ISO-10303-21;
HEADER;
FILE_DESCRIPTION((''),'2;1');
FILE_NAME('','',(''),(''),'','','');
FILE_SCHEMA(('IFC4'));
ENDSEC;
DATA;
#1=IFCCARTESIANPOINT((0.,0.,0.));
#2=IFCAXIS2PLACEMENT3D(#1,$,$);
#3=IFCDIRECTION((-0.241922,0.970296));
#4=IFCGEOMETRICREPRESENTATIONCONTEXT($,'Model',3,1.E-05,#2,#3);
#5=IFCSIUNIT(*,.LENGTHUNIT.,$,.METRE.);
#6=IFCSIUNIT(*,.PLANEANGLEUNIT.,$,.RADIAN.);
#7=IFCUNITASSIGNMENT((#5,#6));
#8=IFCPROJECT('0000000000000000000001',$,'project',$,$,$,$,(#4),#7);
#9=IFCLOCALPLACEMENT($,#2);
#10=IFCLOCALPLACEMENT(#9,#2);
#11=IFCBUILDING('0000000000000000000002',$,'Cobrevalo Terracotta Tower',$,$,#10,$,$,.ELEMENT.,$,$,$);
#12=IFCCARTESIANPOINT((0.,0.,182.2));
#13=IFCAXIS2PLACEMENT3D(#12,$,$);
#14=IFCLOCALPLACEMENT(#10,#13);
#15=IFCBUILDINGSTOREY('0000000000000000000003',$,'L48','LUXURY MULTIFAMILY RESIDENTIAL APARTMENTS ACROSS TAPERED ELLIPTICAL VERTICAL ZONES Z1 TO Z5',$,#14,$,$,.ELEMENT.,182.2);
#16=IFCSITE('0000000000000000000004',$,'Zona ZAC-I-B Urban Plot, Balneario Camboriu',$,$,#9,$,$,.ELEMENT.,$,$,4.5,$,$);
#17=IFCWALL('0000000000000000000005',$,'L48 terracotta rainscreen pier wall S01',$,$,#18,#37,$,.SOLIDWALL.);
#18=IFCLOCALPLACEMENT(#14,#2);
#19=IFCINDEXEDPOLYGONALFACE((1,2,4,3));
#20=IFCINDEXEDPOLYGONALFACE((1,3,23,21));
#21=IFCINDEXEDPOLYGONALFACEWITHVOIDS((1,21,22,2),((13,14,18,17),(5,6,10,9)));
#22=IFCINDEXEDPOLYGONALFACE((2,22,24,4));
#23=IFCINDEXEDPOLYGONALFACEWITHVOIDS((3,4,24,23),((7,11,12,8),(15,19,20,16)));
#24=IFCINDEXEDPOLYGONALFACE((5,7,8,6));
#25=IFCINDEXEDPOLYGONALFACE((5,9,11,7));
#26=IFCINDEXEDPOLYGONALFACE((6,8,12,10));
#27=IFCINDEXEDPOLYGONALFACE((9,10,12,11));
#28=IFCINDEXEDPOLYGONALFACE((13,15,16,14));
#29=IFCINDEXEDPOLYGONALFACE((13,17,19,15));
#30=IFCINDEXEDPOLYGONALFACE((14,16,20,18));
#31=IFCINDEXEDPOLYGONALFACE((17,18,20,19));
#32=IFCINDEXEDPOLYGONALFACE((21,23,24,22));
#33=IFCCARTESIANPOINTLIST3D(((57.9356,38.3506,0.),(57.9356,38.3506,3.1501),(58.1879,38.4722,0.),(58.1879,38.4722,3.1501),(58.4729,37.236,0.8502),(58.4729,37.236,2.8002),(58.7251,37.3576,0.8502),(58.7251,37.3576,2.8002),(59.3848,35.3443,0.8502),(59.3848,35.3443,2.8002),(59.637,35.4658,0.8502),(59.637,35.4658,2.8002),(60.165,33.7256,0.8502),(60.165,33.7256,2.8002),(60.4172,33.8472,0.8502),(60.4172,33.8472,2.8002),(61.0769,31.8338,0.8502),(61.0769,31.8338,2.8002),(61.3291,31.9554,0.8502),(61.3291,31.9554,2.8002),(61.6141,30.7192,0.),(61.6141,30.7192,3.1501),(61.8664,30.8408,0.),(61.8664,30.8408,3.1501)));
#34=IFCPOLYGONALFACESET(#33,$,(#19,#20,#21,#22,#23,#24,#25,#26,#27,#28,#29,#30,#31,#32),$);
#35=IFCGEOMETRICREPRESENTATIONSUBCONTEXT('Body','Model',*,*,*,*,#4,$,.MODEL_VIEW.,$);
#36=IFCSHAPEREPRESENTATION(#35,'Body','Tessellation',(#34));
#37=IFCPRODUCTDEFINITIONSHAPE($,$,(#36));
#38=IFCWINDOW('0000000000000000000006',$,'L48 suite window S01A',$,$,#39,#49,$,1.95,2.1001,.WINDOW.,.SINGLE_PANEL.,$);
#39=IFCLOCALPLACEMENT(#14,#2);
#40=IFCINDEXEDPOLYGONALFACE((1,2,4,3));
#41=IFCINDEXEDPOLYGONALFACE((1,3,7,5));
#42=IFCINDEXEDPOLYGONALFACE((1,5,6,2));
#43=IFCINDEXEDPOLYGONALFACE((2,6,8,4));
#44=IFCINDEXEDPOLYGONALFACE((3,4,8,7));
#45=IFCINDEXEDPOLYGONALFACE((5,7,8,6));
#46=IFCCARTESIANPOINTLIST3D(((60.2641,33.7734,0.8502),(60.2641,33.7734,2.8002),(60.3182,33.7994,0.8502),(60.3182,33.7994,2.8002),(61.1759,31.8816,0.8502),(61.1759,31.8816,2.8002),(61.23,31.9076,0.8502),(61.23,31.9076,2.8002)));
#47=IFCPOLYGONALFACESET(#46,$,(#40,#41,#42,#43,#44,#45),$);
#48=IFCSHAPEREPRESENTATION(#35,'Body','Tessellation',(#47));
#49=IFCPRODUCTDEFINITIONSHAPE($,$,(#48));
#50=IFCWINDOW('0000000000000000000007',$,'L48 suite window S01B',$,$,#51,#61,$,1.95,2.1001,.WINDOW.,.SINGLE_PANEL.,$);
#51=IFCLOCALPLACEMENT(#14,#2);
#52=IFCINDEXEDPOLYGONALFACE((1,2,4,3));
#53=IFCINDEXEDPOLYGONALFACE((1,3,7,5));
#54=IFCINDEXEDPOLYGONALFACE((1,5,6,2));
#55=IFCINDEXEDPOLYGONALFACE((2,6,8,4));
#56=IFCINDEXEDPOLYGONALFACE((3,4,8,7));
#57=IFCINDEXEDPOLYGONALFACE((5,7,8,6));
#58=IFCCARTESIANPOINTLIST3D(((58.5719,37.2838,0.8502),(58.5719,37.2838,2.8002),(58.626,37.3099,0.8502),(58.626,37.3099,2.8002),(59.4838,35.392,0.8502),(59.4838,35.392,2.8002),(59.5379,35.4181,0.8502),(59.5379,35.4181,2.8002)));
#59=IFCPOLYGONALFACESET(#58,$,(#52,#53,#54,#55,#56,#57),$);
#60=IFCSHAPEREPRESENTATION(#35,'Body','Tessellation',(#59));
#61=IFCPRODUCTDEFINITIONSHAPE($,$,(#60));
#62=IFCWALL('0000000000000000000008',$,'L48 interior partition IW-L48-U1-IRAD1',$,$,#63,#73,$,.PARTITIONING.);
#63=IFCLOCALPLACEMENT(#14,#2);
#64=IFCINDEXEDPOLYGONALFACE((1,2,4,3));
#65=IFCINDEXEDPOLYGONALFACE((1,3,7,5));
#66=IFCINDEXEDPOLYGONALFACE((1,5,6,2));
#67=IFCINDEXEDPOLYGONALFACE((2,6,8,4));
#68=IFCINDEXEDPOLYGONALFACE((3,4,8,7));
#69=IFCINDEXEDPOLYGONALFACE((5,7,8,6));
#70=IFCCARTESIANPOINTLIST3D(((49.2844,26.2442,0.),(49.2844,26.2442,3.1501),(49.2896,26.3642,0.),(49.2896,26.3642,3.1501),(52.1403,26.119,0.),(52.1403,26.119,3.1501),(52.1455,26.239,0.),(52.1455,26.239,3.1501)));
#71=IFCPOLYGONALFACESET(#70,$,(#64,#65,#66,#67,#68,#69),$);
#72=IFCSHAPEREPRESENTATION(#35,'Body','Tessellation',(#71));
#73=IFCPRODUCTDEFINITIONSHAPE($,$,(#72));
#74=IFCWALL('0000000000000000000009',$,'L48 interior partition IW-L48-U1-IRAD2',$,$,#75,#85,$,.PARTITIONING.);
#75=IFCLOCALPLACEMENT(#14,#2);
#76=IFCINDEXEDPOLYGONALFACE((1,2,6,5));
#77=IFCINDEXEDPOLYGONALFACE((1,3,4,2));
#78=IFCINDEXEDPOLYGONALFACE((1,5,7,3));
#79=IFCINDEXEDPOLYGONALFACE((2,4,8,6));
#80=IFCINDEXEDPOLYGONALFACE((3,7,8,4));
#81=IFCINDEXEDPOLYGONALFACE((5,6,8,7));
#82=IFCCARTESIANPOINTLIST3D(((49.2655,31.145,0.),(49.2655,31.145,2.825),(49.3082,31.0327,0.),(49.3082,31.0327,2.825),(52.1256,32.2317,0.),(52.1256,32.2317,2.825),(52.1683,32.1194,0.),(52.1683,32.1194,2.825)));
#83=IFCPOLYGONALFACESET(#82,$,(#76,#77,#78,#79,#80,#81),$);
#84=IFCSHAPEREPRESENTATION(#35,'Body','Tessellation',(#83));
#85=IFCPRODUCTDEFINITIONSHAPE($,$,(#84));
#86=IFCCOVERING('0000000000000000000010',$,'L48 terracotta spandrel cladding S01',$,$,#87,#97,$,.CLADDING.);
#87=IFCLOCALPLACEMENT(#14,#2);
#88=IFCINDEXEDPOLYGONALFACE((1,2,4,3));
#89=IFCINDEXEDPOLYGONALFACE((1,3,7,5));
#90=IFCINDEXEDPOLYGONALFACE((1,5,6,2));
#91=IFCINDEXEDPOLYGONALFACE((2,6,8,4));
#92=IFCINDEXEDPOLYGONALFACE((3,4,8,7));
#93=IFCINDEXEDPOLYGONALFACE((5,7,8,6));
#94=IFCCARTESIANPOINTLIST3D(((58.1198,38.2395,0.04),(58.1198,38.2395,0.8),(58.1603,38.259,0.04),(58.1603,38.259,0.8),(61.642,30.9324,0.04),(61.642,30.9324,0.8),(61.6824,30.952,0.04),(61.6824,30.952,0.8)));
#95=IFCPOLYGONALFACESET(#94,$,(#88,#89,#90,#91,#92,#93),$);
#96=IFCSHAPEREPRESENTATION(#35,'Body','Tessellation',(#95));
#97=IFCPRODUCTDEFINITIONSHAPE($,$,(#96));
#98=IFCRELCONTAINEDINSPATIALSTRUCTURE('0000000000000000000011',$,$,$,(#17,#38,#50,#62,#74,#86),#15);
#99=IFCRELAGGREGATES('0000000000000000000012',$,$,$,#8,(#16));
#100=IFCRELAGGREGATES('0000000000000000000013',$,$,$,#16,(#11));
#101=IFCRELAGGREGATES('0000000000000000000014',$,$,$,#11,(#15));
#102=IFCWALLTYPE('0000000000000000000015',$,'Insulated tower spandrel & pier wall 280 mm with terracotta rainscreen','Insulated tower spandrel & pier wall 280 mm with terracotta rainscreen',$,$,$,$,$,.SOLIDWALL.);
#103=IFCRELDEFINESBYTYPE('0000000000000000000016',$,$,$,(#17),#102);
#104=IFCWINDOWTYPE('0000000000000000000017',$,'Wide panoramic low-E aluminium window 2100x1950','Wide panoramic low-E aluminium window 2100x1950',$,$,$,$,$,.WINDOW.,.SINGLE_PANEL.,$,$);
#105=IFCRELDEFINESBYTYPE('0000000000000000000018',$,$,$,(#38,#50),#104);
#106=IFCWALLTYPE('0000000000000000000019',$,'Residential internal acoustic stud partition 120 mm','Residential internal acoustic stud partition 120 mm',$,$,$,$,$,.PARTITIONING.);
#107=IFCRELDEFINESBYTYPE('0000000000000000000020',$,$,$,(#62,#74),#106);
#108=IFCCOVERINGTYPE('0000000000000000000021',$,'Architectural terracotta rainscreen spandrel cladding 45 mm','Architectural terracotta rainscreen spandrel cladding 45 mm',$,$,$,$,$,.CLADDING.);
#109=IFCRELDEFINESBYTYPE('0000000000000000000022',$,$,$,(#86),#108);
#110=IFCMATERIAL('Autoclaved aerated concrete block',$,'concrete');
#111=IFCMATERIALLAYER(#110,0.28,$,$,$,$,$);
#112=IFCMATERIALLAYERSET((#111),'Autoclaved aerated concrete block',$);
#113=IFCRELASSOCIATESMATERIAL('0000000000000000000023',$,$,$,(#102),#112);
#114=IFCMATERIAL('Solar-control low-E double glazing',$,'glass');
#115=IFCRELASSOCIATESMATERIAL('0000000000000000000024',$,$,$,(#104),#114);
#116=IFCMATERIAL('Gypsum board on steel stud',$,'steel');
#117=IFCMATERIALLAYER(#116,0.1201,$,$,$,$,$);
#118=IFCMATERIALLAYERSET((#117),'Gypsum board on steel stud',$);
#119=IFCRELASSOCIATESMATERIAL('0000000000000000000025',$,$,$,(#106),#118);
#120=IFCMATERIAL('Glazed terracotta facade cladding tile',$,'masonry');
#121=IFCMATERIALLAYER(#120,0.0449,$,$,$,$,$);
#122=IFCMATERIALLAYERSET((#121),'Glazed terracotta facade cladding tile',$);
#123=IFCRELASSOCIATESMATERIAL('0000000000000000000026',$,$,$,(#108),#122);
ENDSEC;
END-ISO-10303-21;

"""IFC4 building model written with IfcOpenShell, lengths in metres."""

from ifc_helpers import new_model, si_unit, direction, frame, frame_2d, origin, origin_2d, place, context, subcontext, project, spatial, rectangle, extrude, source, transform, mapped, material, layer, layer_set, type_object, element, fill, save


model = new_model("IFC4")

# Units and contexts
model_context = context("Model", 3, precision=1e-05, world=origin(), true_north=direction((-0.241922, 0.970296)))
body_context = subcontext(model_context, "Body", "Model", "MODEL_VIEW")
ifc_project = project(units=[si_unit("LENGTHUNIT", "METRE"), si_unit("PLANEANGLEUNIT", "RADIAN")], contexts=[model_context])

# Site, building, storey
site_placement = place(None, origin())
site = spatial("IfcSite", under=ifc_project, at=site_placement, Name="Zona ZAC-I-B Urban Plot, Balneario Camboriu", CompositionType="ELEMENT", RefElevation=4.5)
building_placement = place(site_placement, origin())
building = spatial("IfcBuilding", under=site, at=building_placement, Name="Cobrevalo Terracotta Tower", CompositionType="ELEMENT")
storey_placement = place(building_placement, frame((0.0, 0.0, 182.2)))
storey = spatial("IfcBuildingStorey", under=building, at=storey_placement, Name="L48", Description="LUXURY MULTIFAMILY RESIDENTIAL APARTMENTS ACROSS TAPERED ELLIPTICAL VERTICAL ZONES Z1 TO Z5", CompositionType="ELEMENT", Elevation=182.2)

# Shared definitions
ifc_material_1 = material(Name="Solar-control low-E double glazing", Category="glass")

# Wall, openings, windows
ifc_material_2 = material(Name="Autoclaved aerated concrete block", Category="concrete")
ifc_layer_1 = layer(ifc_material_2, 0.28)
ifc_layer_set_1 = layer_set([ifc_layer_1], Name="Autoclaved aerated concrete block")
wall_type_1 = type_object("IfcWallType", Name="Insulated tower spandrel & pier wall 280 mm with terracotta rainscreen", Description="Insulated tower spandrel & pier wall 280 mm with terracotta rainscreen", PredefinedType="SOLIDWALL", material=ifc_layer_set_1)
wall_1_placement = place(storey_placement, frame((61.7402, 30.78, 0.0), z_axis=(0.0, 0.0, 1.0), x_axis=(-0.43421, 0.900812, 0.0)))
wall_1 = element("IfcWall", 1, at=wall_1_placement, inside=storey, type_object=wall_type_1, Name="L48 terracotta rainscreen pier wall S01", PredefinedType="SOLIDWALL", context=body_context, shape_type="SweptSolid", body=[
    extrude(rectangle(XDim=8.4717, YDim=0.28, at=frame_2d((4.2358, 0.0))), origin(), (0.0, 0.0, 1.0), 3.1501),
])
opening_1_placement = place(wall_1_placement, frame((1.2373, 0.0, 0.8501)))
opening_1 = element("IfcOpeningElement", 2, at=opening_1_placement, cuts=wall_1, PredefinedType="OPENING", context=body_context, shape_type="SweptSolid", body=[
    extrude(rectangle(XDim=2.1001, YDim=1.95, at=frame_2d((1.05, 0.9751))), frame((0.0, 0.1499, 0.0), z_axis=(0.0, -1.0, 0.0), x_axis=(1.0, 0.0, 0.0)), (0.0, 0.0, 1.0), 0.3),
])
opening_2_placement = place(wall_1_placement, frame((5.1343, 0.0, 0.8501)))
opening_2 = element("IfcOpeningElement", 3, at=opening_2_placement, cuts=wall_1, PredefinedType="OPENING", context=body_context, shape_type="SweptSolid", body=[
    extrude(rectangle(XDim=2.1001, YDim=1.95, at=frame_2d((1.05, 0.9751))), frame((0.0, 0.1499, 0.0), z_axis=(0.0, -1.0, 0.0), x_axis=(1.0, 0.0, 0.0)), (0.0, 0.0, 1.0), 0.3),
])
window_type = type_object("IfcWindowType", Name="Wide panoramic low-E aluminium window 2100x1950", Description="Wide panoramic low-E aluminium window 2100x1950", PartitioningType="SINGLE_PANEL", PredefinedType="WINDOW", material=ifc_material_1)
shared_shape_1 = source(origin(), body_context, "Body", "SweptSolid", [
    extrude(rectangle(XDim=2.1001, YDim=1.95, at=frame_2d((1.05, 0.9751))), frame((0.0, 0.03, 0.0), z_axis=(0.0, -1.0, 0.0), x_axis=(1.0, 0.0, 0.0)), (0.0, 0.0, 1.0), 0.0601),
])
window_1_placement = place(opening_1_placement, origin())
window_1 = element("IfcWindow", 4, at=window_1_placement, inside=storey, type_object=window_type, Name="L48 suite window S01A", OverallHeight=1.95, OverallWidth=2.1001, PartitioningType="SINGLE_PANEL", PredefinedType="WINDOW", context=body_context, shape_type="MappedRepresentation", body=[
    mapped(shared_shape_1, transform((0.0, 0.0, 0.0), scale=1.0)),
])
fill(opening_1, window_1)
window_2_placement = place(opening_2_placement, origin())
window_2 = element("IfcWindow", 5, at=window_2_placement, inside=storey, type_object=window_type, Name="L48 suite window S01B", OverallHeight=1.95, OverallWidth=2.1001, PartitioningType="SINGLE_PANEL", PredefinedType="WINDOW", context=body_context, shape_type="MappedRepresentation", body=[
    mapped(shared_shape_1, transform((0.0, 0.0, 0.0), scale=1.0)),
])
fill(opening_2, window_2)

# Walls
ifc_material_3 = material(Name="Gypsum board on steel stud", Category="steel")
ifc_layer_2 = layer(ifc_material_3, 0.1201)
ifc_layer_set_2 = layer_set([ifc_layer_2], Name="Gypsum board on steel stud")
wall_type_2 = type_object("IfcWallType", Name="Residential internal acoustic stud partition 120 mm", Description="Residential internal acoustic stud partition 120 mm", PredefinedType="PARTITIONING", material=ifc_layer_set_2)
wall_2_placement = place(storey_placement, frame((49.2871, 26.3042, 0.0), z_axis=(0.0, 0.0, 1.0), x_axis=(0.99904, -0.043812, 0.0)))
element("IfcWall", 6, at=wall_2_placement, inside=storey, type_object=wall_type_2, Name="L48 interior partition IW-L48-U1-IRAD1", PredefinedType="PARTITIONING", context=body_context, shape_type="SweptSolid", body=[
    extrude(rectangle(XDim=2.8586, YDim=0.1201, at=frame_2d((1.4292, 0.0))), origin(), (0.0, 0.0, 1.0), 3.1501),
])
wall_3_placement = place(storey_placement, frame((49.2869, 31.0889, 0.0), z_axis=(0.0, 0.0, 1.0), x_axis=(0.934802, 0.355169, 0.0)))
element("IfcWall", 7, at=wall_3_placement, inside=storey, type_object=wall_type_2, Name="L48 interior partition IW-L48-U1-IRAD2", PredefinedType="PARTITIONING", context=body_context, shape_type="SweptSolid", body=[
    extrude(rectangle(XDim=3.0596, YDim=0.1201, at=frame_2d((1.5298, 0.0))), origin(), (0.0, 0.0, 1.0), 2.825),
])

# Covering
ifc_material_4 = material(Name="Glazed terracotta facade cladding tile", Category="masonry")
ifc_layer_3 = layer(ifc_material_4, 0.0449)
ifc_layer_set_3 = layer_set([ifc_layer_3], Name="Glazed terracotta facade cladding tile")
covering_type = type_object("IfcCoveringType", Name="Architectural terracotta rainscreen spandrel cladding 45 mm", Description="Architectural terracotta rainscreen spandrel cladding 45 mm", PredefinedType="CLADDING", material=ifc_layer_set_3)
shared_shape_2 = source(origin(), body_context, "Body", "SweptSolid", [
    extrude(rectangle(XDim=8.1116, YDim=0.0449, at=origin_2d()), origin(), (0.0, 0.0, 1.0), 0.76),
])
covering_placement = place(storey_placement, frame((59.9011, 34.5957, 0.04), z_axis=(0.0, 0.0, 1.0), x_axis=(-0.434209, 0.900812, 0.0)))
element("IfcCovering", 8, at=covering_placement, inside=storey, type_object=covering_type, Name="L48 terracotta spandrel cladding S01", PredefinedType="CLADDING", context=body_context, shape_type="MappedRepresentation", body=[
    mapped(shared_shape_2, transform((0.0, 0.0, 0.0), scale=1.0)),
])

save(model, "model.ifc")
